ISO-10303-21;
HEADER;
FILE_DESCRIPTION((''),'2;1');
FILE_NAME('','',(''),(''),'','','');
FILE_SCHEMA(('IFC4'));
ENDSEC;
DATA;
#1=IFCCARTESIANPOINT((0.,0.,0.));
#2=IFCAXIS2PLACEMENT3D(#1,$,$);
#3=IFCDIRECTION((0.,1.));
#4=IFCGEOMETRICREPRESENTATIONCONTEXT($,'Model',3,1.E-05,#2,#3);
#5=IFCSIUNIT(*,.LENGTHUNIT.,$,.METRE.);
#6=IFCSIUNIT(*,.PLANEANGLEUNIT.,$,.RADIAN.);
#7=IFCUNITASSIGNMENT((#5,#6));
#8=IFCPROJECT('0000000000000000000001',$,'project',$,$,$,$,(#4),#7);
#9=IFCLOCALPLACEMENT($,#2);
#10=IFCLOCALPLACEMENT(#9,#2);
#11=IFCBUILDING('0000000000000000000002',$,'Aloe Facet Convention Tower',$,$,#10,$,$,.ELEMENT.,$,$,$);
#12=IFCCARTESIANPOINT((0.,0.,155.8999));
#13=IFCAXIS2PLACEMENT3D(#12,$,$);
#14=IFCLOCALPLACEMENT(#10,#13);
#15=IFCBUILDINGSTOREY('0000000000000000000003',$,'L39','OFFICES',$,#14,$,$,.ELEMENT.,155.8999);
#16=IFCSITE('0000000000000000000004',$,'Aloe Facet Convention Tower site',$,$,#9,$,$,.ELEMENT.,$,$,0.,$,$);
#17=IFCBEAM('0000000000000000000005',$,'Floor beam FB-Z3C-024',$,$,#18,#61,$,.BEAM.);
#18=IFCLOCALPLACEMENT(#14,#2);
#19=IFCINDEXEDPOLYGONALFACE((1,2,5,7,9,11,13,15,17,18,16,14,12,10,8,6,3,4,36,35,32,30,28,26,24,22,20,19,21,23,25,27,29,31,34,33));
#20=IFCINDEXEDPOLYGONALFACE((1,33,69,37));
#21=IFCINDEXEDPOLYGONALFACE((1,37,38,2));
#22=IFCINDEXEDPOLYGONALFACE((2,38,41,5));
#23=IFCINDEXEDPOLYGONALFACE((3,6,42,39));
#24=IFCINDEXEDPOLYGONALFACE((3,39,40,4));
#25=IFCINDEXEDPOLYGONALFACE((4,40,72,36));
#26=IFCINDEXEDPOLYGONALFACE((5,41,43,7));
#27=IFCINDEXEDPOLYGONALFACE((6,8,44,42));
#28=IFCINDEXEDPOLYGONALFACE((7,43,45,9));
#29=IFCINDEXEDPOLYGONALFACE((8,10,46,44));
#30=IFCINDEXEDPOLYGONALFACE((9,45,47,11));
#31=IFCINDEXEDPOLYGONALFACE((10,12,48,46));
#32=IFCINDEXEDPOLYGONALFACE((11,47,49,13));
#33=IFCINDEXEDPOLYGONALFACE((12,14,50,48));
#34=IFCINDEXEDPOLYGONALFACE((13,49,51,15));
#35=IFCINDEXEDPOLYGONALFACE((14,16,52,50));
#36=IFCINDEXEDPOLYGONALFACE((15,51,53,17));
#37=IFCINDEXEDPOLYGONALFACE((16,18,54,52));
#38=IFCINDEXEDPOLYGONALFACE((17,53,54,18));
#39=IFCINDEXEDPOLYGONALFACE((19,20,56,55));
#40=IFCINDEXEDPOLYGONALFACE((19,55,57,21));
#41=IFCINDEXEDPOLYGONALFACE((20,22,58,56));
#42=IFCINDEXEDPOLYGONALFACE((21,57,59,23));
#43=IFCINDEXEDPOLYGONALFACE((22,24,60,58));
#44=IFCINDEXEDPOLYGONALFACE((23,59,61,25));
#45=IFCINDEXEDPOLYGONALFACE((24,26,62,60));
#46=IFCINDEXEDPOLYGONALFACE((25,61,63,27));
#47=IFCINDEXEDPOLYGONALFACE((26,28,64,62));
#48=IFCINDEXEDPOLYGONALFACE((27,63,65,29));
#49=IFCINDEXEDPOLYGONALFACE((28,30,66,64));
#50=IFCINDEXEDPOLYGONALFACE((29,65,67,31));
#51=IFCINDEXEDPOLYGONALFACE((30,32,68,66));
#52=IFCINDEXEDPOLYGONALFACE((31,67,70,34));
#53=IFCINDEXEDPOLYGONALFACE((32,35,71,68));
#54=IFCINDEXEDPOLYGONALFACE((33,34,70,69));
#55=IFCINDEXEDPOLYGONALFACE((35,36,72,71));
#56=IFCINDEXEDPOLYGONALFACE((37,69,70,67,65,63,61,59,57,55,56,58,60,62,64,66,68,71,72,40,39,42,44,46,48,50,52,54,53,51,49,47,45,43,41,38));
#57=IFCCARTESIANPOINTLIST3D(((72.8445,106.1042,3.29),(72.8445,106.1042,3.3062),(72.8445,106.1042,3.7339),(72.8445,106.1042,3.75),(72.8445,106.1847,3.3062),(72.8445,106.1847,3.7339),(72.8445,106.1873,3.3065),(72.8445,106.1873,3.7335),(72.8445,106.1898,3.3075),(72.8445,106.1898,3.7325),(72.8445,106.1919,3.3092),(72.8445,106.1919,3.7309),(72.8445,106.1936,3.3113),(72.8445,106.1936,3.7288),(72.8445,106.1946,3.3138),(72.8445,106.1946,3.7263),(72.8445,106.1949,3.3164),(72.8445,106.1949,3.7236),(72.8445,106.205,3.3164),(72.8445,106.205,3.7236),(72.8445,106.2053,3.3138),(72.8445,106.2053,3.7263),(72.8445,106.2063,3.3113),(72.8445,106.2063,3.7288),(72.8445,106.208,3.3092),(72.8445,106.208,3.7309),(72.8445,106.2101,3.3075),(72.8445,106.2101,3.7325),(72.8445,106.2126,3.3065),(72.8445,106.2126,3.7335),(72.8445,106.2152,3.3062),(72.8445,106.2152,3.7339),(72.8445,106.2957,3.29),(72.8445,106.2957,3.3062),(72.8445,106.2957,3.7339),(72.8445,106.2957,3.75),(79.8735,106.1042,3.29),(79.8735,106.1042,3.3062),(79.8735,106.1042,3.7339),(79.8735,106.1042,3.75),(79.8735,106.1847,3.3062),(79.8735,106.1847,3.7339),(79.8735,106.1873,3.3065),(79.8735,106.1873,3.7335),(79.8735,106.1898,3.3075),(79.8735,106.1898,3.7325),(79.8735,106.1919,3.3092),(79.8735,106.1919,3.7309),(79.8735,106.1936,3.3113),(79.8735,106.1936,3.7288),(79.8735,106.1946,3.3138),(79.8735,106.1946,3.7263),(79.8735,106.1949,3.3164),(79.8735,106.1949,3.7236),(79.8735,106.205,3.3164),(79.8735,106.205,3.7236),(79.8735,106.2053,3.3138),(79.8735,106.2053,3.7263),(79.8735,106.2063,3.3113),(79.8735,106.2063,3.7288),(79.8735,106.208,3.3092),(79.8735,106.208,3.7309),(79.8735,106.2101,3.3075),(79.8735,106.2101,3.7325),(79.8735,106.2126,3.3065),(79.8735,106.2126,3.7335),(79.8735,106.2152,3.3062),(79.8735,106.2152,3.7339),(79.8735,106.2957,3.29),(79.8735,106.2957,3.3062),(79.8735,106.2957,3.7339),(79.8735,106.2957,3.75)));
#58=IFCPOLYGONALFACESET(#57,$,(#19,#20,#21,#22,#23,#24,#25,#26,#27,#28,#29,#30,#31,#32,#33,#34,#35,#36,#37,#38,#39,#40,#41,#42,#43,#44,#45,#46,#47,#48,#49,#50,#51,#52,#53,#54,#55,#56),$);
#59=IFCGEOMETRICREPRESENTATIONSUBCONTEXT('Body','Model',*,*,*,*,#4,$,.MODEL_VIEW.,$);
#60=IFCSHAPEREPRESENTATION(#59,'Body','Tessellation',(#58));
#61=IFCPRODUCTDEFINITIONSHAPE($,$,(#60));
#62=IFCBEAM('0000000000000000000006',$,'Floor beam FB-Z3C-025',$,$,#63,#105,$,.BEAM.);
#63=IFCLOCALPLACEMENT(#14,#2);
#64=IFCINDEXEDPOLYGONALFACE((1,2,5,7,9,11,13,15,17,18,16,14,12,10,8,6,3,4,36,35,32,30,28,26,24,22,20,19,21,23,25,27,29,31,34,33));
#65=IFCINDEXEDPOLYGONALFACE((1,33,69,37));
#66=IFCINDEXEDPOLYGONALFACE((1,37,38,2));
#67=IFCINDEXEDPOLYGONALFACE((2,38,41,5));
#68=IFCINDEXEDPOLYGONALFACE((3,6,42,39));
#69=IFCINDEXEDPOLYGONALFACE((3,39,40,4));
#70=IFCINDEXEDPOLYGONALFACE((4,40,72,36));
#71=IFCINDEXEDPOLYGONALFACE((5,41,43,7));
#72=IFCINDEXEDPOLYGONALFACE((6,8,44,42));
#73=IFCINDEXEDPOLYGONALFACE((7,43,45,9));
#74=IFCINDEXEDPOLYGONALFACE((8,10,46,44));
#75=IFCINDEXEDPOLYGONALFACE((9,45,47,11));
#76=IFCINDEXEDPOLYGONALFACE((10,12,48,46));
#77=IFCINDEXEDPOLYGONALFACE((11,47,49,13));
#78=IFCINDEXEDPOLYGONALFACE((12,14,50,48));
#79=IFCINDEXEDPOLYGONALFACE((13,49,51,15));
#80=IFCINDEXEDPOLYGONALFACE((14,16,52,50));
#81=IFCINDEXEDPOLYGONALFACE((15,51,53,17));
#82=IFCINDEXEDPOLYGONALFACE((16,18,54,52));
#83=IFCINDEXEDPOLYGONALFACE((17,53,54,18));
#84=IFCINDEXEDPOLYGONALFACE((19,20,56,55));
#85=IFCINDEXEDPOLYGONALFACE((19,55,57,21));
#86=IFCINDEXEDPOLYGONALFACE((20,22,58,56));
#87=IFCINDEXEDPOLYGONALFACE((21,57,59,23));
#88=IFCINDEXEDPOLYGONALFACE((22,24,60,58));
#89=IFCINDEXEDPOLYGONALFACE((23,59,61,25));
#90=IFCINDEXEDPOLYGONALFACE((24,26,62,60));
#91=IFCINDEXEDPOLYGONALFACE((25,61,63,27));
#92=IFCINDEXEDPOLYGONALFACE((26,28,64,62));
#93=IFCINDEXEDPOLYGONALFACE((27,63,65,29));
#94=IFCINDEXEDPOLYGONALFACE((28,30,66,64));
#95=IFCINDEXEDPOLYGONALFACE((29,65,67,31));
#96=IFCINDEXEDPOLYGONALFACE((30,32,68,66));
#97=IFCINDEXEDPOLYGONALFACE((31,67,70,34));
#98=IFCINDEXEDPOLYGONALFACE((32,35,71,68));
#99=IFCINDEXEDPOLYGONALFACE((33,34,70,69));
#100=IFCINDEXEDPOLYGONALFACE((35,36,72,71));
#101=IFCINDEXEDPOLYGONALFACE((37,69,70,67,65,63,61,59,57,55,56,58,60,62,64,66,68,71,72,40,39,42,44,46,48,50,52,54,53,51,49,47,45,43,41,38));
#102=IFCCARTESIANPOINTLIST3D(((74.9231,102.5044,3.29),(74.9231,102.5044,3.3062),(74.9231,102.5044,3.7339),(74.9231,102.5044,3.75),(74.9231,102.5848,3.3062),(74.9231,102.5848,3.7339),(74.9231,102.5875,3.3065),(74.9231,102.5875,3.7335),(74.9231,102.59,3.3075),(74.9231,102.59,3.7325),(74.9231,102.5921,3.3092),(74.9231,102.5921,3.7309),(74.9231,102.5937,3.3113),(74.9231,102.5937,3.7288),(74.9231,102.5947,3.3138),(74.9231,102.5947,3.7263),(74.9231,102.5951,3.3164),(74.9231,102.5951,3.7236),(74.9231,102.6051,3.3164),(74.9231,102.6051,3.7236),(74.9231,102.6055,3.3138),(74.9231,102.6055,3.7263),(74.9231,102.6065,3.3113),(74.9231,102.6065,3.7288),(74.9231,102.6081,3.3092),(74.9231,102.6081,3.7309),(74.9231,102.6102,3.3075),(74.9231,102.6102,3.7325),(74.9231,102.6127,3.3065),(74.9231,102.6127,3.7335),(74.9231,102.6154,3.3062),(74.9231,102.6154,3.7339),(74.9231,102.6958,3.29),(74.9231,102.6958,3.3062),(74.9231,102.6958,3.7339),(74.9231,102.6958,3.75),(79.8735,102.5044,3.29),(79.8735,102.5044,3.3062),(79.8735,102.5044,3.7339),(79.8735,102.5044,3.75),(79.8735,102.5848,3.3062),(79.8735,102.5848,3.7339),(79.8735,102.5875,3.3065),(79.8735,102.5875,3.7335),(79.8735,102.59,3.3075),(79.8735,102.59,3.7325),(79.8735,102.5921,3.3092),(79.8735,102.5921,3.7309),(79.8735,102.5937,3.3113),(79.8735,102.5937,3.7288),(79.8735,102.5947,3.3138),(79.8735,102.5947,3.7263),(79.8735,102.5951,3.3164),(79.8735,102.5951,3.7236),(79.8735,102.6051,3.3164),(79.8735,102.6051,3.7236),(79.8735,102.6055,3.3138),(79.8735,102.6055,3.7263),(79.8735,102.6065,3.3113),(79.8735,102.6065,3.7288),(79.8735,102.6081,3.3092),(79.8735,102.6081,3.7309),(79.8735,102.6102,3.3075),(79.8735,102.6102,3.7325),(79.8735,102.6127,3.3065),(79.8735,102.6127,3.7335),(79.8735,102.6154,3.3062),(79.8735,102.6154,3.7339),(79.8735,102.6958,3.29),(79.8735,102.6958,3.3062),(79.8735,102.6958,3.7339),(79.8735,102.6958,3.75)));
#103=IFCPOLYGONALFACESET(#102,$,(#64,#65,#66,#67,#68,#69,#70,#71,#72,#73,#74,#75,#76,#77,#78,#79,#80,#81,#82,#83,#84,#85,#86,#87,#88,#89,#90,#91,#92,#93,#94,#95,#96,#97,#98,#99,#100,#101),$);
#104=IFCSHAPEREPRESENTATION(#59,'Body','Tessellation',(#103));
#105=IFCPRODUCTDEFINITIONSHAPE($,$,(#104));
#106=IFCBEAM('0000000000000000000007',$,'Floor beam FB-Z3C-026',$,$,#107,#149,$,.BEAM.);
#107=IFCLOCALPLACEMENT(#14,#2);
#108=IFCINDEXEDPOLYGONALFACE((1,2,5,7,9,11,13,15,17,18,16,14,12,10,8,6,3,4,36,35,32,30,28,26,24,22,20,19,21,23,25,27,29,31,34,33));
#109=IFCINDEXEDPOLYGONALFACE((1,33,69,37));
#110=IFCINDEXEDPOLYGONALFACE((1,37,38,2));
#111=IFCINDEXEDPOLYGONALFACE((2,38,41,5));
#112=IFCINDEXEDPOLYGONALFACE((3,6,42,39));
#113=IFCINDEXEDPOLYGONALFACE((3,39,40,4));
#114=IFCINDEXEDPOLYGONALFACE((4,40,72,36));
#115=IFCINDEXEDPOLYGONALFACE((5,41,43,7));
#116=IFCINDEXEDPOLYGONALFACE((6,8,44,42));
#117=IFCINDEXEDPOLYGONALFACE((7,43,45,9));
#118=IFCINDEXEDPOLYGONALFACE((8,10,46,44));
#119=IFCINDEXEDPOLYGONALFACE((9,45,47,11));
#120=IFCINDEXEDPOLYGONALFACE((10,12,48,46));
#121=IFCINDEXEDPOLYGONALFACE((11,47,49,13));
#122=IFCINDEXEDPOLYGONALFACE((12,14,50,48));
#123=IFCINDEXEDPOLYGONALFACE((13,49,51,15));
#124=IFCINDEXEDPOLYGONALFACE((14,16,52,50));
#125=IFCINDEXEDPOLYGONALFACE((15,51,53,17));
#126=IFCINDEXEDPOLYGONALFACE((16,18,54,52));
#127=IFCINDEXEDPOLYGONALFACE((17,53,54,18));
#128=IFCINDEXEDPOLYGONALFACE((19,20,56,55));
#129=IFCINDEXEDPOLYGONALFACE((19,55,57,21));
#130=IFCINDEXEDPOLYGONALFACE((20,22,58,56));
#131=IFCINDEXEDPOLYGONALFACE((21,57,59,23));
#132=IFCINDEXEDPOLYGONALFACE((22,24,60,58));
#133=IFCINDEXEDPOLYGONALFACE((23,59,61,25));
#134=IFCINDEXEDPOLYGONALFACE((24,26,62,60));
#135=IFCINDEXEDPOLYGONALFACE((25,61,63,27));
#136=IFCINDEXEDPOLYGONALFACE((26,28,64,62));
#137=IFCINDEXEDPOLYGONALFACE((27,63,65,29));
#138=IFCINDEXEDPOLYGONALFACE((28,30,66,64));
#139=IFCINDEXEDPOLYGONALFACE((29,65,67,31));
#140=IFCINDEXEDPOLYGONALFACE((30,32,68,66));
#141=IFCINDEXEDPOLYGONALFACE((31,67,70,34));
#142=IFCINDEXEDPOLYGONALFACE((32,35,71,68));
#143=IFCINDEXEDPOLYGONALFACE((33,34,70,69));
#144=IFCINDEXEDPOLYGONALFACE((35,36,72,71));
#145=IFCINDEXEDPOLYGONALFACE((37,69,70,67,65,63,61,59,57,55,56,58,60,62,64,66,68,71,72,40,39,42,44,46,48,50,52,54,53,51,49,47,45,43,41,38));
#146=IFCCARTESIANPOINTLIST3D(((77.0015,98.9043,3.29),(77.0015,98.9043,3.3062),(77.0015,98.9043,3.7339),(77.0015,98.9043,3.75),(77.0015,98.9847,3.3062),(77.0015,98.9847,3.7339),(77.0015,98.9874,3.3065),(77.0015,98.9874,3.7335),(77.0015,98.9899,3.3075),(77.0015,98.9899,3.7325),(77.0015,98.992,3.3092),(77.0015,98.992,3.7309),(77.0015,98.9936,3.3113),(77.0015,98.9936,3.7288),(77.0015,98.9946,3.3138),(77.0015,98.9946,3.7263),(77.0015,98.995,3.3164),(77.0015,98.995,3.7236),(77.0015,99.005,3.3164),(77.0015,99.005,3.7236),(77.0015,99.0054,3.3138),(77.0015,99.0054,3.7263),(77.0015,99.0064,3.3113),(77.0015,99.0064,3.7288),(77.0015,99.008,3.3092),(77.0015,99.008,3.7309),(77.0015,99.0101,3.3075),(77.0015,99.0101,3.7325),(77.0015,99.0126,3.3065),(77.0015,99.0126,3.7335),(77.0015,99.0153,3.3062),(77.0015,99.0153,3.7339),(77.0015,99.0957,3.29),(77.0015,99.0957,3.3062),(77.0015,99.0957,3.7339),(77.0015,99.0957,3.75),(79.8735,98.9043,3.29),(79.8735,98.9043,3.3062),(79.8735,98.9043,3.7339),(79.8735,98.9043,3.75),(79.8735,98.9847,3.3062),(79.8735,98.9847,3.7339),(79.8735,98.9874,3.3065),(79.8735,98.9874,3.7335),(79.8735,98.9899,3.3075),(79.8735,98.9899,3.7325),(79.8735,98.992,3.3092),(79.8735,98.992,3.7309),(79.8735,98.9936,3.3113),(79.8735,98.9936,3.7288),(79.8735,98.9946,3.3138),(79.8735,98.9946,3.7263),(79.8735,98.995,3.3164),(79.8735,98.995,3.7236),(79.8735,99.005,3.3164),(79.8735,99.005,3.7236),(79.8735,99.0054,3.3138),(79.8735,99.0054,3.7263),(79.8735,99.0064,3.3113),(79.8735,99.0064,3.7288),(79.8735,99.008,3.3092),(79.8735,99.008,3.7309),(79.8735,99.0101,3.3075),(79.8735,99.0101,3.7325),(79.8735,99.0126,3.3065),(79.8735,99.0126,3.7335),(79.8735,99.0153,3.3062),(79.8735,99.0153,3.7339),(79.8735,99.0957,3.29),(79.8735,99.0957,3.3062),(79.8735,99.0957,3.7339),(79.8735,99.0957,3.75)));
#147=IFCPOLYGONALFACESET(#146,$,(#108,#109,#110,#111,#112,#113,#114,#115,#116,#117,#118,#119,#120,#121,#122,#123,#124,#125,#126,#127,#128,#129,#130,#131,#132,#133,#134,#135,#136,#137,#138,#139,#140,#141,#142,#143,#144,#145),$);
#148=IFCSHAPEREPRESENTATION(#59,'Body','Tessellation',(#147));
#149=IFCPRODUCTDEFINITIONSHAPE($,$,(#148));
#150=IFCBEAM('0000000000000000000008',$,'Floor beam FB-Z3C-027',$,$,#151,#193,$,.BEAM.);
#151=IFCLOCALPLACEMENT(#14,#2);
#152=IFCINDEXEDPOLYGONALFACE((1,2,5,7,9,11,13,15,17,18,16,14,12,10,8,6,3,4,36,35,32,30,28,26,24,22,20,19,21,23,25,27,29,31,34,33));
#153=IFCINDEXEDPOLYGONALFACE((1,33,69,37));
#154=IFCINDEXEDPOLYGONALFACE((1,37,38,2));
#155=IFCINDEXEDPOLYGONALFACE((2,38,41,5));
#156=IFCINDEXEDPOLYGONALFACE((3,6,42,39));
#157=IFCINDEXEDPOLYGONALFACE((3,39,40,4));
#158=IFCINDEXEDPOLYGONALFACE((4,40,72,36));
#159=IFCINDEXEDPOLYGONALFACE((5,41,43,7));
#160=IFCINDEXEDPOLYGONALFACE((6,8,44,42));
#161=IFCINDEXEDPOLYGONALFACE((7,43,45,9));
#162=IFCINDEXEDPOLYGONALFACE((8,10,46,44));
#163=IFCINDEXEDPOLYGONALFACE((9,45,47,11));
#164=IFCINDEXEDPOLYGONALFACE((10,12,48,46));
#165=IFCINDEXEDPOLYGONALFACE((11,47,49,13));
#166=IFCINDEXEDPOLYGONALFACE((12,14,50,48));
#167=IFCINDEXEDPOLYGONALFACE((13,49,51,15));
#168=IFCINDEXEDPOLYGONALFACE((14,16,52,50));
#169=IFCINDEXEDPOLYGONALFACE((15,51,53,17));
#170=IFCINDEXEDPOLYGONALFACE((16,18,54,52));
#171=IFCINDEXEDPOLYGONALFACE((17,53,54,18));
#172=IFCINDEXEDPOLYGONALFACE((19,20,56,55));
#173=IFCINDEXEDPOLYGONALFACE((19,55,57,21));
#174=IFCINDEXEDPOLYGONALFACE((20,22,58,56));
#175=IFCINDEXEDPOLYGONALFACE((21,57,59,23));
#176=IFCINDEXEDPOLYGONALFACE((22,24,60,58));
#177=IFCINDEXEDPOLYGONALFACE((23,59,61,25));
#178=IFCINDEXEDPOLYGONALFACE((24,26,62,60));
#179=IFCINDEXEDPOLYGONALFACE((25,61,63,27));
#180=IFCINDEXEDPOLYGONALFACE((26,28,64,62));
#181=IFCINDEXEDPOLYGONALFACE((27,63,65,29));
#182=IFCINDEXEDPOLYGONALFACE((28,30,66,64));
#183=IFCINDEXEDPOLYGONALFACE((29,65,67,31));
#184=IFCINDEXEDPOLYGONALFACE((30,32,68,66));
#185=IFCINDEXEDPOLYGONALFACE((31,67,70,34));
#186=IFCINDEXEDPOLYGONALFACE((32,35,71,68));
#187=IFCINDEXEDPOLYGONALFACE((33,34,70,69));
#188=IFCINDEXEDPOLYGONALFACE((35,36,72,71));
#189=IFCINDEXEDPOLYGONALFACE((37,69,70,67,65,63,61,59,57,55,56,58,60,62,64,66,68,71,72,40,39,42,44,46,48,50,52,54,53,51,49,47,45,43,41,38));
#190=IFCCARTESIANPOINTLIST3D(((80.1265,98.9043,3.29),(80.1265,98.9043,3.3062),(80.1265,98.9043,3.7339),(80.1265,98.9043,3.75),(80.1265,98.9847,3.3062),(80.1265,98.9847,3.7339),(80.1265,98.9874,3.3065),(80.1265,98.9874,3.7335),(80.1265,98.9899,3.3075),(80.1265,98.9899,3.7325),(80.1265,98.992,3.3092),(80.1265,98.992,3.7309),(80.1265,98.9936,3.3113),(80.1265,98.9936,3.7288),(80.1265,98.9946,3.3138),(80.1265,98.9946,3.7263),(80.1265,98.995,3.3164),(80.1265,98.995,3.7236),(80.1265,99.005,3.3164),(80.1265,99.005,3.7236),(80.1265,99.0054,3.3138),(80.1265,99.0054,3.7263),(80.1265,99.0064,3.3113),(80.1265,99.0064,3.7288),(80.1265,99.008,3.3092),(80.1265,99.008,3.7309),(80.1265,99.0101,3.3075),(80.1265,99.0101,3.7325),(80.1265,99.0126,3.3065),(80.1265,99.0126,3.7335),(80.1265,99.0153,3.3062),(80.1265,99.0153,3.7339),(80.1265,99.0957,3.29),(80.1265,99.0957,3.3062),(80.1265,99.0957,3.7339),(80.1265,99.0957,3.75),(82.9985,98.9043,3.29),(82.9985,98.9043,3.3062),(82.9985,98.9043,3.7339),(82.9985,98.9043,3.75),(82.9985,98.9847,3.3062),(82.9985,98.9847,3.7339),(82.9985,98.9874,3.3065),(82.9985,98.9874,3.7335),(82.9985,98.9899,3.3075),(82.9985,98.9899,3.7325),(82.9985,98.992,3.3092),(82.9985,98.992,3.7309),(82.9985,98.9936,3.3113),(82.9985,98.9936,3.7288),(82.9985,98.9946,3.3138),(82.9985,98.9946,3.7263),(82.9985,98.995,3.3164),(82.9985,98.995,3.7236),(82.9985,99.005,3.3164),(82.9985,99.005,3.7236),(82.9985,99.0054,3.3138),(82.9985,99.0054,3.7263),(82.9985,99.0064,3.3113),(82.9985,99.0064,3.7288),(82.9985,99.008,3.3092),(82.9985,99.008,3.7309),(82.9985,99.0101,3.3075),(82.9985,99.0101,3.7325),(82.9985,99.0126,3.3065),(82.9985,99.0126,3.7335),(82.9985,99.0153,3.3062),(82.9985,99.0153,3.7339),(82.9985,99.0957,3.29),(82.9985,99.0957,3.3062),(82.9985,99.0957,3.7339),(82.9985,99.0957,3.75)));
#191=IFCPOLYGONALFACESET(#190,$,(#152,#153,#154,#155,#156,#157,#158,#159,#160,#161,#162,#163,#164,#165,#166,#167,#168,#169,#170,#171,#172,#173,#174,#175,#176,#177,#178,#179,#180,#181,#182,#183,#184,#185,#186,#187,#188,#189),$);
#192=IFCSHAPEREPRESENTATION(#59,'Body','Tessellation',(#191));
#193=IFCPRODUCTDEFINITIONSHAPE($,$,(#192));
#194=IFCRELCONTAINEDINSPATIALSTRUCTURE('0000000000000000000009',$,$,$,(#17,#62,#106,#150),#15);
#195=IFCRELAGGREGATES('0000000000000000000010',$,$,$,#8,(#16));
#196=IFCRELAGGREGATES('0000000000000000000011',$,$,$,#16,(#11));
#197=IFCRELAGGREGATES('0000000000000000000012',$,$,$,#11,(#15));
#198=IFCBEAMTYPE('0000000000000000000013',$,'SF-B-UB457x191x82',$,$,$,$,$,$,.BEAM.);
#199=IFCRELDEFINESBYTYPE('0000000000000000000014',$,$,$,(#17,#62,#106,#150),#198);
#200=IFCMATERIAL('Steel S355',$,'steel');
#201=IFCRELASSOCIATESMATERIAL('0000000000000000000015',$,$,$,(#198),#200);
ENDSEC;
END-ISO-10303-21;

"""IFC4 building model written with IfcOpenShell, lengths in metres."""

from ifc_helpers import new_model, si_unit, direction, frame, origin, origin_2d, place, context, subcontext, project, spatial, i_section, extrude, material, material_profile, profile_set, type_object, element, save


model = new_model("IFC4")

# Units and contexts
model_context = context("Model", 3, precision=1e-05, world=origin(), true_north=direction((0.0, 1.0)))
body_context = subcontext(model_context, "Body", "Model", "MODEL_VIEW")
ifc_project = project(units=[si_unit("LENGTHUNIT", "METRE"), si_unit("PLANEANGLEUNIT", "RADIAN")], contexts=[model_context])

# Site, building, storey
site_placement = place(None, origin())
site = spatial("IfcSite", under=ifc_project, at=site_placement, Name="Aloe Facet Convention Tower site", CompositionType="ELEMENT", RefElevation=0.0)
building_placement = place(site_placement, origin())
building = spatial("IfcBuilding", under=site, at=building_placement, Name="Aloe Facet Convention Tower", CompositionType="ELEMENT")
storey_placement = place(building_placement, frame((0.0, 0.0, 155.8999)))
storey = spatial("IfcBuildingStorey", under=building, at=storey_placement, Name="L39", Description="OFFICES", CompositionType="ELEMENT", Elevation=155.8999)

# Beams
ifc_material_1 = material(Name="Steel S355", Category="steel")
ifc_material_profile_1 = material_profile(ifc_material_1, i_section(OverallWidth=0.1914, OverallDepth=0.46, WebThickness=0.01, FlangeThickness=0.0161, FilletRadius=0.0103, at=origin_2d()), Name="UB 457x191x82")
ifc_profile_set_1 = profile_set([ifc_material_profile_1], Name="Steel S355")
beam_type_1 = type_object("IfcBeamType", Name="SF-B-UB457x191x82", PredefinedType="BEAM", material=ifc_profile_set_1)
beam_1_placement = place(storey_placement, frame((72.8445, 106.2, 3.52), z_axis=(1.0, 0.0, 0.0), x_axis=(0.0, 1.0, 0.0)))
element("IfcBeam", 1, at=beam_1_placement, inside=storey, type_object=beam_type_1, Name="Floor beam FB-Z3C-024", PredefinedType="BEAM", context=body_context, shape_type="SweptSolid", body=[
    extrude(i_section(OverallWidth=0.1914, OverallDepth=0.46, WebThickness=0.01, FlangeThickness=0.0161, FilletRadius=0.0103, at=origin_2d()), origin(), (0.0, 0.0, 1.0), 7.0291),
])
beam_2_placement = place(storey_placement, frame((74.9231, 102.6001, 3.52), z_axis=(1.0, 0.0, 0.0), x_axis=(0.0, 1.0, 0.0)))
element("IfcBeam", 2, at=beam_2_placement, inside=storey, type_object=beam_type_1, Name="Floor beam FB-Z3C-025", PredefinedType="BEAM", context=body_context, shape_type="SweptSolid", body=[
    extrude(i_section(OverallWidth=0.1914, OverallDepth=0.46, WebThickness=0.01, FlangeThickness=0.0161, FilletRadius=0.0103, at=origin_2d()), origin(), (0.0, 0.0, 1.0), 4.9504),
])
for number, where, z_axis, x_axis, name in (
    (3, (77.0015, 99.0, 3.52), (1.0, 0.0, 0.0), (0.0, 1.0, 0.0), "Floor beam FB-Z3C-026"),
    (4, (80.1265, 99.0, 3.52), (1.0, 0.0, 0.0), (0.0, 1.0, 0.0), "Floor beam FB-Z3C-027"),
):
    element("IfcBeam", number, at=place(storey_placement, frame(where, z_axis=z_axis, x_axis=x_axis)), inside=storey, type_object=beam_type_1, Name=name, PredefinedType="BEAM", context=body_context, shape_type="SweptSolid", body=[
        extrude(i_section(OverallWidth=0.1914, OverallDepth=0.46, WebThickness=0.01, FlangeThickness=0.0161, FilletRadius=0.0103, at=origin_2d()), origin(), (0.0, 0.0, 1.0), 2.8721),
    ])

save(model, "model.ifc")
